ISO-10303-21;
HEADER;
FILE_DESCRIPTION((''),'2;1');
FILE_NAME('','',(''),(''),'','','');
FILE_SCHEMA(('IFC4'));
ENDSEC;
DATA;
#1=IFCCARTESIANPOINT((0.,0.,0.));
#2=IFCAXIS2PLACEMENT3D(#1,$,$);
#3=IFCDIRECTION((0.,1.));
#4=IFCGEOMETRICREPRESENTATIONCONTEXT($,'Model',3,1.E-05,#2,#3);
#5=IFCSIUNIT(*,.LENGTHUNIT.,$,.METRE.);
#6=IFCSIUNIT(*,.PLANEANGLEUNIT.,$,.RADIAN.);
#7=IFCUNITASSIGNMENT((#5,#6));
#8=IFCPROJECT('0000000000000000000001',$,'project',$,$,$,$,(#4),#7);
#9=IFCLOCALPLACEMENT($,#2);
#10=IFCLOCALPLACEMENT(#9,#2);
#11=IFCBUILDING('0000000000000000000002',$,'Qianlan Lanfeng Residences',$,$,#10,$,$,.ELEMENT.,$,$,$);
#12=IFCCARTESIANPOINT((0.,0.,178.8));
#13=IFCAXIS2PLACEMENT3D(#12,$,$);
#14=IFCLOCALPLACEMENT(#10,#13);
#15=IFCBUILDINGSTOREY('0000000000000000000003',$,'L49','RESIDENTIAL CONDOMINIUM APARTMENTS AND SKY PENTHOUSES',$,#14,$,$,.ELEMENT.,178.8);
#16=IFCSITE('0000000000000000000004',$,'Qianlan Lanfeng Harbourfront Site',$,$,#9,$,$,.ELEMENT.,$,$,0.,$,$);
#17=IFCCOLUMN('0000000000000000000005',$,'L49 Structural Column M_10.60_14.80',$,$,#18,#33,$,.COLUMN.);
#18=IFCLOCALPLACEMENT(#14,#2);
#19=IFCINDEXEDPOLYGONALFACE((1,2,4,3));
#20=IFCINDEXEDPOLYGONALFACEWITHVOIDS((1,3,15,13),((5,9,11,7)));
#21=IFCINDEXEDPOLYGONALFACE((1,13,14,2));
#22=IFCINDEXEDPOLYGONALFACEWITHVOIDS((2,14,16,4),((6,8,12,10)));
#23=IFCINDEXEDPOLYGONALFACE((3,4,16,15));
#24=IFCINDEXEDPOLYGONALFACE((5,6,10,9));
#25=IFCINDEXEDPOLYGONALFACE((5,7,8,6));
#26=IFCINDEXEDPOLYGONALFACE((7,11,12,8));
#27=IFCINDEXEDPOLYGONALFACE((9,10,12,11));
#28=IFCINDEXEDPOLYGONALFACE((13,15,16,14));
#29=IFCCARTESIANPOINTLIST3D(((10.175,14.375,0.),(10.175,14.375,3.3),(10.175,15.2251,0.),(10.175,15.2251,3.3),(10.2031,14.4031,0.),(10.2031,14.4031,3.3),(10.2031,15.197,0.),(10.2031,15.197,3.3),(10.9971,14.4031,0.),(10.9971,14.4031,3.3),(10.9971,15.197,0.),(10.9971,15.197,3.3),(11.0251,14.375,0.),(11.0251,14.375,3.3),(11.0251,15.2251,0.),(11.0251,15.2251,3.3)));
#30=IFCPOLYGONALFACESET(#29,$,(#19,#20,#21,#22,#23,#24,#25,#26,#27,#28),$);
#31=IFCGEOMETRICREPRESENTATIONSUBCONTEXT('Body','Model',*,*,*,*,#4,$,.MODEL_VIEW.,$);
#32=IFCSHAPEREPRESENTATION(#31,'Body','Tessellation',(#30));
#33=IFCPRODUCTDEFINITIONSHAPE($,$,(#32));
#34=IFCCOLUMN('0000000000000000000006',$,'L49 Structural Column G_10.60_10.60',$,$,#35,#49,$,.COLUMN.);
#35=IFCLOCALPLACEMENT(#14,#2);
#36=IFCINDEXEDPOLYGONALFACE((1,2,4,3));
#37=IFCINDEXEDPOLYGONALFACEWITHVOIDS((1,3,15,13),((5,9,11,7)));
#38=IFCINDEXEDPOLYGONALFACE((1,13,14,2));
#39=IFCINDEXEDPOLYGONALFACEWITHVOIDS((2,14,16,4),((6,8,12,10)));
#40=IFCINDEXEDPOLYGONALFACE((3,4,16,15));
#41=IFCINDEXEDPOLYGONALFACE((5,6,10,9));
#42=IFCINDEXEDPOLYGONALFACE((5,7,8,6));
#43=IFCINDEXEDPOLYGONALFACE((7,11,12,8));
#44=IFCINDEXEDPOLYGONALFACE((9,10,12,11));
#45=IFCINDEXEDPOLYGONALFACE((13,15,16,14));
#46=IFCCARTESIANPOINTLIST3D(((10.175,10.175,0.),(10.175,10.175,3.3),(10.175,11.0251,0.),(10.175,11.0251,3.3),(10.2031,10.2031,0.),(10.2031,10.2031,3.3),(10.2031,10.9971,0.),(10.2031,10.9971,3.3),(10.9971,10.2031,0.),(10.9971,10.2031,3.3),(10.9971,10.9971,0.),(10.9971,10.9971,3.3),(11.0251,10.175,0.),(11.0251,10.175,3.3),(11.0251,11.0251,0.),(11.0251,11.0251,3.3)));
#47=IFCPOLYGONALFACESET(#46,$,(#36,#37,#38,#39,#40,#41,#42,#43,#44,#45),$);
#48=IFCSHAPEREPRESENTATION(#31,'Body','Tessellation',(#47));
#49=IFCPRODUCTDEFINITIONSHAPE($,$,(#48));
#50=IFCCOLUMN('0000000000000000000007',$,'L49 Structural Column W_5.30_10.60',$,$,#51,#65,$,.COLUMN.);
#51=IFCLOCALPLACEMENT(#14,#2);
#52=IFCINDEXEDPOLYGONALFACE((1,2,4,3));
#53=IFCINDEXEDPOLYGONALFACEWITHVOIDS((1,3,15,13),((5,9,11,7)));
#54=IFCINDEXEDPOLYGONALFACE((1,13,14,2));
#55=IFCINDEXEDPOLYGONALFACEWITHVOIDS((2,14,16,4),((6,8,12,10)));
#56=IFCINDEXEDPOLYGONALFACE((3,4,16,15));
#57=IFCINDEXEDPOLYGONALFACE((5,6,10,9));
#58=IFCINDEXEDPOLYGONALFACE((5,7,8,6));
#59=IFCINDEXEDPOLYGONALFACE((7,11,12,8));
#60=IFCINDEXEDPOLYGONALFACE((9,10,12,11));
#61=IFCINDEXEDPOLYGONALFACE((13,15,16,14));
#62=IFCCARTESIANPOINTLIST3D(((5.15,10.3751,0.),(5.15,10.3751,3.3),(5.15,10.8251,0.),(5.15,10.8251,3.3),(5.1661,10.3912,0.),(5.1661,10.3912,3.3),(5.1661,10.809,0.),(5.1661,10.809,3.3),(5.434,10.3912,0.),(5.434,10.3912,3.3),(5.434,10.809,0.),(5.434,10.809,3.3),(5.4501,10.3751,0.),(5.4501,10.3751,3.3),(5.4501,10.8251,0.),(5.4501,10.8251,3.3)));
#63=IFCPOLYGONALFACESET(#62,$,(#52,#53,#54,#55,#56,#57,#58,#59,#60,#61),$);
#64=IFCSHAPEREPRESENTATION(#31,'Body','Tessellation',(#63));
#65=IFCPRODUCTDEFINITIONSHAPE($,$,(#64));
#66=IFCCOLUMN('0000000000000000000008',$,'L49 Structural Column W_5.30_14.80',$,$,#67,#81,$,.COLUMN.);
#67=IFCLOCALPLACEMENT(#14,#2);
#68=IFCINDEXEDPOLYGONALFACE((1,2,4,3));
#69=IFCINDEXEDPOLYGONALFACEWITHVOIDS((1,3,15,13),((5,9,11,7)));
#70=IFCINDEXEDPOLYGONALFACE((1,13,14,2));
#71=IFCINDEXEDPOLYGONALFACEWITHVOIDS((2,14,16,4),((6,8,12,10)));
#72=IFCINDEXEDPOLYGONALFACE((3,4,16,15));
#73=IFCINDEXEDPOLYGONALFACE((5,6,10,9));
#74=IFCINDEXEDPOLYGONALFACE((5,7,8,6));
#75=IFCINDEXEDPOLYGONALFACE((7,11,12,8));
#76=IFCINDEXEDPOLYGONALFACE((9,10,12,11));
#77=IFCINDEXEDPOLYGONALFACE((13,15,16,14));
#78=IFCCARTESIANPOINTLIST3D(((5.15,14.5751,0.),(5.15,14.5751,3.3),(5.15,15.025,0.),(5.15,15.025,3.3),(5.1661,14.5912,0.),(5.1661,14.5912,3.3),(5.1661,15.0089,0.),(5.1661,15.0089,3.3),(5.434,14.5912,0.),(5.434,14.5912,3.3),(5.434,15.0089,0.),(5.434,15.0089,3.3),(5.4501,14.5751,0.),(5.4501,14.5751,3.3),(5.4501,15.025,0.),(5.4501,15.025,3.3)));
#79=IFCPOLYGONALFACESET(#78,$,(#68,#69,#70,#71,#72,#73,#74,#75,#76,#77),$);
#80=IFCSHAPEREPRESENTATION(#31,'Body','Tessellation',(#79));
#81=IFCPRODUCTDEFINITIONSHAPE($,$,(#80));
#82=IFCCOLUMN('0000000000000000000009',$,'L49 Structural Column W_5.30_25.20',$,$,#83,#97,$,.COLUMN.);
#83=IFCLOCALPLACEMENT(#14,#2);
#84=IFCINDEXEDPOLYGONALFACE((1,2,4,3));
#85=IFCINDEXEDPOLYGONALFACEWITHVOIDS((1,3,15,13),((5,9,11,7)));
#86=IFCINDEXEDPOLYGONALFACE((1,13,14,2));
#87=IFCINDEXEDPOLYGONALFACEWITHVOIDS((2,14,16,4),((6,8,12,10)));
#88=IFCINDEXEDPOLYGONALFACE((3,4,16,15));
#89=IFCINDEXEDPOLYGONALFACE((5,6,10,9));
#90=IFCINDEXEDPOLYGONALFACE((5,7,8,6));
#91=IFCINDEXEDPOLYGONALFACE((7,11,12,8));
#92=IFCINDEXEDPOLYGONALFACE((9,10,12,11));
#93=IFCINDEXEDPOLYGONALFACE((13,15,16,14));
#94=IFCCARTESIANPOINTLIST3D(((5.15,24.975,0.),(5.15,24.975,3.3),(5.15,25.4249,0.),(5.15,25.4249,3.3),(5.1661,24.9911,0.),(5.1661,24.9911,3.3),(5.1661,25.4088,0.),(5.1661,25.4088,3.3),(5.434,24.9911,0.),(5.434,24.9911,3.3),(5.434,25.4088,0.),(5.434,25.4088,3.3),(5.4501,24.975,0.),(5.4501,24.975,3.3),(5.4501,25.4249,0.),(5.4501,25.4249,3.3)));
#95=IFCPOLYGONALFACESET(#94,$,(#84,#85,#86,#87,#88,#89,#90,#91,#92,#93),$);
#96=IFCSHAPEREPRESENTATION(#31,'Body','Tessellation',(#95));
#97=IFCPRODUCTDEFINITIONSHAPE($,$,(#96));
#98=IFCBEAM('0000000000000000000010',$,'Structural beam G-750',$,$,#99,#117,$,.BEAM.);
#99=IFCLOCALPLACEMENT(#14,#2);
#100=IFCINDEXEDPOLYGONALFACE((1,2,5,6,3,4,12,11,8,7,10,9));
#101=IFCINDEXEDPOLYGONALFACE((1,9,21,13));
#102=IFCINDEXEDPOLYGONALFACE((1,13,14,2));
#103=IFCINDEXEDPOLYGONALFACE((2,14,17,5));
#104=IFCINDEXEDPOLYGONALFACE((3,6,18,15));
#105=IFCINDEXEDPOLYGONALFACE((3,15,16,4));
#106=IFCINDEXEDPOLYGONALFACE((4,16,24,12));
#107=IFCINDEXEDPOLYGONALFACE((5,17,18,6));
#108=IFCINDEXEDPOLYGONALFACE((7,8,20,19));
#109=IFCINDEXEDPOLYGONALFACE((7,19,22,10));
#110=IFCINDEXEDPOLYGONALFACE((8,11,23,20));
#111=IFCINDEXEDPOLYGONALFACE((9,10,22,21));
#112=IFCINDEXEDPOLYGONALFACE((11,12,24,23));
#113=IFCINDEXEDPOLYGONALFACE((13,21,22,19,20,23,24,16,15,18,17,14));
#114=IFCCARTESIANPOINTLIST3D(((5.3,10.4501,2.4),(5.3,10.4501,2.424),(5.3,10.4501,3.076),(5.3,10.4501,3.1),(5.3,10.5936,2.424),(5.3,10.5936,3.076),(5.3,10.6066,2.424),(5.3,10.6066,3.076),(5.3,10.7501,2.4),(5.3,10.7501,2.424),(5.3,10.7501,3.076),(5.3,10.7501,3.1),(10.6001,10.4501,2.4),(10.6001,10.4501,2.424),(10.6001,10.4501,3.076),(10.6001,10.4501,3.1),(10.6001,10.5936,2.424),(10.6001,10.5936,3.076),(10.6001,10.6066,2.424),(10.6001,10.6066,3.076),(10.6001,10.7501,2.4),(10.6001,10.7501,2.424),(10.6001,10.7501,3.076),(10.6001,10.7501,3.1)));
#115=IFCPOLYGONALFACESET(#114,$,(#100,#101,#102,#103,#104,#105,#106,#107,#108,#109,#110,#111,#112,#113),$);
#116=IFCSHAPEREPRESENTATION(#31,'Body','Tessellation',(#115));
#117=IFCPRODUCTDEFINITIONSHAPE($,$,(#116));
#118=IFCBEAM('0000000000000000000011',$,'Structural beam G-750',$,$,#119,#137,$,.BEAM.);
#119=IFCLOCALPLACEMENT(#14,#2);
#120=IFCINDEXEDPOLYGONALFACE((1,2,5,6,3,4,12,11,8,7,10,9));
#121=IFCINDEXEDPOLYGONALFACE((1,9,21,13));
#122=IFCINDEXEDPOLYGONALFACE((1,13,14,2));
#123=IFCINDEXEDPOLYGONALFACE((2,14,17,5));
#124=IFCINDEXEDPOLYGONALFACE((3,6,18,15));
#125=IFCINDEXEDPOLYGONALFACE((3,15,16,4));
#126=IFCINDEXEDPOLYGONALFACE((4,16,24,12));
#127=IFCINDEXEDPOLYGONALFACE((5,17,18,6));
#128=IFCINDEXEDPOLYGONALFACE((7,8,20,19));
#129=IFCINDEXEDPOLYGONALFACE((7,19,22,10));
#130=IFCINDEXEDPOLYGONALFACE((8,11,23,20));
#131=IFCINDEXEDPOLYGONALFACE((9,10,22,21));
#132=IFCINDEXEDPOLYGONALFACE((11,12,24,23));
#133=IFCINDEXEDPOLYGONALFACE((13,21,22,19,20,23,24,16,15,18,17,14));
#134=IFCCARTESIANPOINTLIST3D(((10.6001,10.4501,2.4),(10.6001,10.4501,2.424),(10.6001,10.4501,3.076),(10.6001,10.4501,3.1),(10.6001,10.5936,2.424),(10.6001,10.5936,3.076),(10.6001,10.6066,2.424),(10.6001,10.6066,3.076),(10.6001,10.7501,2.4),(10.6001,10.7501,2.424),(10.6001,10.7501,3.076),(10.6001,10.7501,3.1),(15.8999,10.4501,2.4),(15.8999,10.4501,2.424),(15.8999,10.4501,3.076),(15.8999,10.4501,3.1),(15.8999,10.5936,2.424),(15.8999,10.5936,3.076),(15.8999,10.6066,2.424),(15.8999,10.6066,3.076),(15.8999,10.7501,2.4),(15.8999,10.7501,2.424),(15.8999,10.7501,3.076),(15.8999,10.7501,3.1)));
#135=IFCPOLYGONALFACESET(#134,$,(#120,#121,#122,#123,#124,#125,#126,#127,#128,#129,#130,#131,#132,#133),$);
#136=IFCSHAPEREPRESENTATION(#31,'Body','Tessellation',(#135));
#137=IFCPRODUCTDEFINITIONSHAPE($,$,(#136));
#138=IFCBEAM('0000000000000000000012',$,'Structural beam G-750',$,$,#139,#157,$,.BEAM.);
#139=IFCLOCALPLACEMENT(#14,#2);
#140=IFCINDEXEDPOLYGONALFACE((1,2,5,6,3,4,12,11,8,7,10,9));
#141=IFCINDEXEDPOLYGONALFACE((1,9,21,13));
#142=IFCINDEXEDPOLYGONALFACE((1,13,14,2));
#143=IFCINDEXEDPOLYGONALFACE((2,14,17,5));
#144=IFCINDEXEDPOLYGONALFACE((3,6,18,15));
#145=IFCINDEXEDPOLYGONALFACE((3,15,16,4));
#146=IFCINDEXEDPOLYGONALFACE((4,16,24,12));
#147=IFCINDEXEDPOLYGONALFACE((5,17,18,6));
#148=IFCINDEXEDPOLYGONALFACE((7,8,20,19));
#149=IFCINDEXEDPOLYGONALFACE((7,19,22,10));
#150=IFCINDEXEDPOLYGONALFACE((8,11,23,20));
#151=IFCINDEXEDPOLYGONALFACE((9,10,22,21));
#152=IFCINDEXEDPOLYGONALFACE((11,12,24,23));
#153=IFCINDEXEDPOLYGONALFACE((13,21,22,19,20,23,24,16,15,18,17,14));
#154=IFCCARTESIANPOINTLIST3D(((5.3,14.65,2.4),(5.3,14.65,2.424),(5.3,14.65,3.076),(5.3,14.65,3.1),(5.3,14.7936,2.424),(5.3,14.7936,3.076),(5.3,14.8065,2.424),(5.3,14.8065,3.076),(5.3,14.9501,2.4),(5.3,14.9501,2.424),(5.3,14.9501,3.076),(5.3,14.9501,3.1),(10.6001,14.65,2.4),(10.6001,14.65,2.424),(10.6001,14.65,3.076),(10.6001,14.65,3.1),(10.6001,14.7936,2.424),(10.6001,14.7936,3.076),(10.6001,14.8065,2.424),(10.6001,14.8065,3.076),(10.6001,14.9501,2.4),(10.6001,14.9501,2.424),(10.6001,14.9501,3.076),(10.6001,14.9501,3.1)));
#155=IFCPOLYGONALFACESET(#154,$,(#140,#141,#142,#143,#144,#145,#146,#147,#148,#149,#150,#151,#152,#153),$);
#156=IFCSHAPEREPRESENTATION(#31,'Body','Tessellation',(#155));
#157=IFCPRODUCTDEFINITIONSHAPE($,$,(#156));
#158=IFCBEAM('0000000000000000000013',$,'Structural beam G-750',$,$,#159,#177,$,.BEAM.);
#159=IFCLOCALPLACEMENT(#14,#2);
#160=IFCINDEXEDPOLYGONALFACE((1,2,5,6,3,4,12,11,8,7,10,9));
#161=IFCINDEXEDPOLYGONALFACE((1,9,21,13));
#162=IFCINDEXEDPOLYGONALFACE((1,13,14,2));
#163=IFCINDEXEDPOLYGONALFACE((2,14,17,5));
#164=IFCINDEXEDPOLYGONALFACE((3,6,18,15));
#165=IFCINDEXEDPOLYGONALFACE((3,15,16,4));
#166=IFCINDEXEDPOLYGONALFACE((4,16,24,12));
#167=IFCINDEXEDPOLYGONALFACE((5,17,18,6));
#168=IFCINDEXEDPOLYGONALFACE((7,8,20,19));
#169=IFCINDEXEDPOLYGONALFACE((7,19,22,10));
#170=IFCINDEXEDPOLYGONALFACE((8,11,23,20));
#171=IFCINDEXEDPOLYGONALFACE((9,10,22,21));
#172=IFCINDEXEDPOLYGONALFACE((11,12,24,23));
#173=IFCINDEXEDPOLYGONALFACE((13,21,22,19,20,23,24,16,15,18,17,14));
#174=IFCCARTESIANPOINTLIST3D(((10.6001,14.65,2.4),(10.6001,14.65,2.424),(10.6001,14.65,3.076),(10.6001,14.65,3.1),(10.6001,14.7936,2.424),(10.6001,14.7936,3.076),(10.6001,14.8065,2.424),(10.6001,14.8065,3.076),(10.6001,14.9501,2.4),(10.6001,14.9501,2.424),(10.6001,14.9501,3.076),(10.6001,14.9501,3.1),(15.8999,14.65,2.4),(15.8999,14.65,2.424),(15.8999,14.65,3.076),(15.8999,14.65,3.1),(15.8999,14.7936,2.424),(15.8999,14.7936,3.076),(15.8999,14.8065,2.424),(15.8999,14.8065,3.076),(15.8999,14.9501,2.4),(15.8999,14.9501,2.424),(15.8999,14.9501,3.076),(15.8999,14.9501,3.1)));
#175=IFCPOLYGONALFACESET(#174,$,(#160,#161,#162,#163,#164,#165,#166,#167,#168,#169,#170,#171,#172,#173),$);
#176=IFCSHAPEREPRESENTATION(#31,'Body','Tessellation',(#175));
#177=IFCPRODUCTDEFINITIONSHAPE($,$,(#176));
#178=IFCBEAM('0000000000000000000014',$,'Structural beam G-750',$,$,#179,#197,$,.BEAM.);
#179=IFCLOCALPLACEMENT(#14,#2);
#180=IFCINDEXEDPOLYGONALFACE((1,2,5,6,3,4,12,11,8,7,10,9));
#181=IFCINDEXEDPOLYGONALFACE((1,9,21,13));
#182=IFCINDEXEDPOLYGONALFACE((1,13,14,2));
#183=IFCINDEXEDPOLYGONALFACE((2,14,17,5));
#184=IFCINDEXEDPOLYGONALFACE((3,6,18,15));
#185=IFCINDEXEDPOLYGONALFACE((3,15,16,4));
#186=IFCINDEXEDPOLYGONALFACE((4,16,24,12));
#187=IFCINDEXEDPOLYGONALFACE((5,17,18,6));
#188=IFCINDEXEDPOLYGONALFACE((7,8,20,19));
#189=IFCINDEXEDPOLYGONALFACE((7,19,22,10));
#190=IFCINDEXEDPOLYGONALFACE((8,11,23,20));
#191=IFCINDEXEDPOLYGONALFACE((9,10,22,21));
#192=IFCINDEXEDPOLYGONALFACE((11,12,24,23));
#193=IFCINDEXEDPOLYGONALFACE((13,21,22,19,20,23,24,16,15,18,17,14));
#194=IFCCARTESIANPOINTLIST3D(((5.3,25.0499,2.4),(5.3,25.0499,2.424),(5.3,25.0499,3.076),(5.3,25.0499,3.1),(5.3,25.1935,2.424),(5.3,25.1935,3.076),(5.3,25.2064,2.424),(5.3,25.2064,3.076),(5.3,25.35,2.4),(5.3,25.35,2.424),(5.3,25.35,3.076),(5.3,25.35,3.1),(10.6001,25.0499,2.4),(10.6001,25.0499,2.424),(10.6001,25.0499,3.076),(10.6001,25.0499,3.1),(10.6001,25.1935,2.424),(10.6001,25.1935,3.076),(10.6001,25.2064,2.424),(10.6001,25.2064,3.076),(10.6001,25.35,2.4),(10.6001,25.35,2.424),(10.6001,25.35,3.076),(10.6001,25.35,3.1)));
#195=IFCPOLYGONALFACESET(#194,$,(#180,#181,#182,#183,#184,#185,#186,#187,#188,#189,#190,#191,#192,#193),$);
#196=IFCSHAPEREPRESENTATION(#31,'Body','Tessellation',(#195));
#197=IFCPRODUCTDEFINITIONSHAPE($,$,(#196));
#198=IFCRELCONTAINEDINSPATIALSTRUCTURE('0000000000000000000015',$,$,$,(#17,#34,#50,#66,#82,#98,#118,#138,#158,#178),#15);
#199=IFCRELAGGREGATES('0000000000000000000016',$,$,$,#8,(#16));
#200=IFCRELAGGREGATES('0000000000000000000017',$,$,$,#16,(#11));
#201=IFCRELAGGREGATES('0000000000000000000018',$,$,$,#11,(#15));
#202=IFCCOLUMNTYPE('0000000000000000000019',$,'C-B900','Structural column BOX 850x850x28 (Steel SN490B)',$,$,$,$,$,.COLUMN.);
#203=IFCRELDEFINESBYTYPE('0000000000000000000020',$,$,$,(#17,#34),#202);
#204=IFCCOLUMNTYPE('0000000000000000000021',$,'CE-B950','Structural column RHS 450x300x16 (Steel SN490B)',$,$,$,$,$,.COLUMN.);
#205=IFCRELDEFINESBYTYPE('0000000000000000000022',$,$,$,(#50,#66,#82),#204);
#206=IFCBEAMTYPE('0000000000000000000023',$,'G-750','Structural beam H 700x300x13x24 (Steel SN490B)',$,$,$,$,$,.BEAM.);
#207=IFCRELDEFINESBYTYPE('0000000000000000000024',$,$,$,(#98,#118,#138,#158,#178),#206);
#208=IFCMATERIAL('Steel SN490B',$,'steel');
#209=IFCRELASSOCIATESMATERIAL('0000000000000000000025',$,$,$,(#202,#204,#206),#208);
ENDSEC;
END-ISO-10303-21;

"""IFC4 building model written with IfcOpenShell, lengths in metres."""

from ifc_helpers import new_model, si_unit, direction, frame, origin, origin_2d, place, context, subcontext, project, spatial, hollow_rectangle, i_section, extrude, material, material_profile, profile_set, type_object, element, save


model = new_model("IFC4")

# Units and contexts
model_context = context("Model", 3, precision=1e-05, world=origin(), true_north=direction((0.0, 1.0)))
body_context = subcontext(model_context, "Body", "Model", "MODEL_VIEW")
ifc_project = project(units=[si_unit("LENGTHUNIT", "METRE"), si_unit("PLANEANGLEUNIT", "RADIAN")], contexts=[model_context])

# Site, building, storey
site_placement = place(None, origin())
site = spatial("IfcSite", under=ifc_project, at=site_placement, Name="Qianlan Lanfeng Harbourfront Site", CompositionType="ELEMENT", RefElevation=0.0)
building_placement = place(site_placement, origin())
building = spatial("IfcBuilding", under=site, at=building_placement, Name="Qianlan Lanfeng Residences", CompositionType="ELEMENT")
storey_placement = place(building_placement, frame((0.0, 0.0, 178.8)))
storey = spatial("IfcBuildingStorey", under=building, at=storey_placement, Name="L49", Description="RESIDENTIAL CONDOMINIUM APARTMENTS AND SKY PENTHOUSES", CompositionType="ELEMENT", Elevation=178.8)

# Columns
ifc_material_1 = material(Name="Steel SN490B", Category="steel")
ifc_material_profile_1 = material_profile(ifc_material_1, hollow_rectangle(XDim=0.8501, YDim=0.8501, WallThickness=0.0281, at=origin_2d()), Name="BOX 850x850x28")
ifc_profile_set_1 = profile_set([ifc_material_profile_1], Name="Steel SN490B")
column_type_1 = type_object("IfcColumnType", Name="C-B900", Description="Structural column BOX 850x850x28 (Steel SN490B)", PredefinedType="COLUMN", material=ifc_profile_set_1)
for number, where, z_axis, x_axis, name in (
    (1, (10.6001, 14.8, 0.0), (0.0, 0.0, 1.0), (1.0, 0.0, 0.0), "L49 Structural Column M_10.60_14.80"),
    (2, (10.6001, 10.6001, 0.0), (0.0, 0.0, 1.0), (1.0, 0.0, 0.0), "L49 Structural Column G_10.60_10.60"),
):
    element("IfcColumn", number, at=place(storey_placement, frame(where, z_axis=z_axis, x_axis=x_axis)), inside=storey, type_object=column_type_1, Name=name, PredefinedType="COLUMN", context=body_context, shape_type="SweptSolid", body=[
        extrude(hollow_rectangle(XDim=0.8501, YDim=0.8501, WallThickness=0.0281, at=origin_2d()), origin(), (0.0, 0.0, 1.0), 3.3),
    ])
ifc_material_profile_2 = material_profile(ifc_material_1, hollow_rectangle(XDim=0.3, YDim=0.45, WallThickness=0.0161, at=origin_2d()), Name="RHS 450x300x16")
ifc_profile_set_2 = profile_set([ifc_material_profile_2], Name="Steel SN490B")
column_type_2 = type_object("IfcColumnType", Name="CE-B950", Description="Structural column RHS 450x300x16 (Steel SN490B)", PredefinedType="COLUMN", material=ifc_profile_set_2)
for number, where, z_axis, x_axis, name in (
    (3, (5.3, 10.6001, 0.0), (0.0, 0.0, 1.0), (1.0, 0.0, 0.0), "L49 Structural Column W_5.30_10.60"),
    (4, (5.3, 14.8, 0.0), (0.0, 0.0, 1.0), (1.0, 0.0, 0.0), "L49 Structural Column W_5.30_14.80"),
    (5, (5.3, 25.2, 0.0), (0.0, 0.0, 1.0), (1.0, 0.0, 0.0), "L49 Structural Column W_5.30_25.20"),
):
    element("IfcColumn", number, at=place(storey_placement, frame(where, z_axis=z_axis, x_axis=x_axis)), inside=storey, type_object=column_type_2, Name=name, PredefinedType="COLUMN", context=body_context, shape_type="SweptSolid", body=[
        extrude(hollow_rectangle(XDim=0.3, YDim=0.45, WallThickness=0.0161, at=origin_2d()), origin(), (0.0, 0.0, 1.0), 3.3),
    ])

# Beams
ifc_material_profile_3 = material_profile(ifc_material_1, i_section(OverallWidth=0.3, OverallDepth=0.7, WebThickness=0.0129, FlangeThickness=0.0239, at=origin_2d()), Name="H 700x300x13x24")
ifc_profile_set_3 = profile_set([ifc_material_profile_3], Name="Steel SN490B")
beam_type_1 = type_object("IfcBeamType", Name="G-750", Description="Structural beam H 700x300x13x24 (Steel SN490B)", PredefinedType="BEAM", material=ifc_profile_set_3)
beam_1_placement = place(storey_placement, frame((5.3, 10.6001, 2.75), z_axis=(1.0, 0.0, 0.0), x_axis=(0.0, 1.0, 0.0)))
element("IfcBeam", 6, at=beam_1_placement, inside=storey, type_object=beam_type_1, Name="Structural beam G-750", PredefinedType="BEAM", context=body_context, shape_type="SweptSolid", body=[
    extrude(i_section(OverallWidth=0.3, OverallDepth=0.7, WebThickness=0.0129, FlangeThickness=0.0239, at=origin_2d()), origin(), (0.0, 0.0, 1.0), 5.3),
])
beam_2_placement = place(storey_placement, frame((10.6001, 10.6001, 2.75), z_axis=(1.0, 0.0, 0.0), x_axis=(0.0, 1.0, 0.0)))
element("IfcBeam", 7, at=beam_2_placement, inside=storey, type_object=beam_type_1, Name="Structural beam G-750", PredefinedType="BEAM", context=body_context, shape_type="SweptSolid", body=[
    extrude(i_section(OverallWidth=0.3, OverallDepth=0.7, WebThickness=0.0129, FlangeThickness=0.0239, at=origin_2d()), origin(), (0.0, 0.0, 1.0), 5.2998),
])
beam_3_placement = place(storey_placement, frame((5.3, 14.8, 2.75), z_axis=(1.0, 0.0, 0.0), x_axis=(0.0, 1.0, 0.0)))
element("IfcBeam", 8, at=beam_3_placement, inside=storey, type_object=beam_type_1, Name="Structural beam G-750", PredefinedType="BEAM", context=body_context, shape_type="SweptSolid", body=[
    extrude(i_section(OverallWidth=0.3, OverallDepth=0.7, WebThickness=0.0129, FlangeThickness=0.0239, at=origin_2d()), origin(), (0.0, 0.0, 1.0), 5.3),
])
beam_4_placement = place(storey_placement, frame((10.6001, 14.8, 2.75), z_axis=(1.0, 0.0, 0.0), x_axis=(0.0, 1.0, 0.0)))
element("IfcBeam", 9, at=beam_4_placement, inside=storey, type_object=beam_type_1, Name="Structural beam G-750", PredefinedType="BEAM", context=body_context, shape_type="SweptSolid", body=[
    extrude(i_section(OverallWidth=0.3, OverallDepth=0.7, WebThickness=0.0129, FlangeThickness=0.0239, at=origin_2d()), origin(), (0.0, 0.0, 1.0), 5.2998),
])
beam_5_placement = place(storey_placement, frame((5.3, 25.2, 2.75), z_axis=(1.0, 0.0, 0.0), x_axis=(0.0, 1.0, 0.0)))
element("IfcBeam", 10, at=beam_5_placement, inside=storey, type_object=beam_type_1, Name="Structural beam G-750", PredefinedType="BEAM", context=body_context, shape_type="SweptSolid", body=[
    extrude(i_section(OverallWidth=0.3, OverallDepth=0.7, WebThickness=0.0129, FlangeThickness=0.0239, at=origin_2d()), origin(), (0.0, 0.0, 1.0), 5.3),
])

save(model, "model.ifc")
